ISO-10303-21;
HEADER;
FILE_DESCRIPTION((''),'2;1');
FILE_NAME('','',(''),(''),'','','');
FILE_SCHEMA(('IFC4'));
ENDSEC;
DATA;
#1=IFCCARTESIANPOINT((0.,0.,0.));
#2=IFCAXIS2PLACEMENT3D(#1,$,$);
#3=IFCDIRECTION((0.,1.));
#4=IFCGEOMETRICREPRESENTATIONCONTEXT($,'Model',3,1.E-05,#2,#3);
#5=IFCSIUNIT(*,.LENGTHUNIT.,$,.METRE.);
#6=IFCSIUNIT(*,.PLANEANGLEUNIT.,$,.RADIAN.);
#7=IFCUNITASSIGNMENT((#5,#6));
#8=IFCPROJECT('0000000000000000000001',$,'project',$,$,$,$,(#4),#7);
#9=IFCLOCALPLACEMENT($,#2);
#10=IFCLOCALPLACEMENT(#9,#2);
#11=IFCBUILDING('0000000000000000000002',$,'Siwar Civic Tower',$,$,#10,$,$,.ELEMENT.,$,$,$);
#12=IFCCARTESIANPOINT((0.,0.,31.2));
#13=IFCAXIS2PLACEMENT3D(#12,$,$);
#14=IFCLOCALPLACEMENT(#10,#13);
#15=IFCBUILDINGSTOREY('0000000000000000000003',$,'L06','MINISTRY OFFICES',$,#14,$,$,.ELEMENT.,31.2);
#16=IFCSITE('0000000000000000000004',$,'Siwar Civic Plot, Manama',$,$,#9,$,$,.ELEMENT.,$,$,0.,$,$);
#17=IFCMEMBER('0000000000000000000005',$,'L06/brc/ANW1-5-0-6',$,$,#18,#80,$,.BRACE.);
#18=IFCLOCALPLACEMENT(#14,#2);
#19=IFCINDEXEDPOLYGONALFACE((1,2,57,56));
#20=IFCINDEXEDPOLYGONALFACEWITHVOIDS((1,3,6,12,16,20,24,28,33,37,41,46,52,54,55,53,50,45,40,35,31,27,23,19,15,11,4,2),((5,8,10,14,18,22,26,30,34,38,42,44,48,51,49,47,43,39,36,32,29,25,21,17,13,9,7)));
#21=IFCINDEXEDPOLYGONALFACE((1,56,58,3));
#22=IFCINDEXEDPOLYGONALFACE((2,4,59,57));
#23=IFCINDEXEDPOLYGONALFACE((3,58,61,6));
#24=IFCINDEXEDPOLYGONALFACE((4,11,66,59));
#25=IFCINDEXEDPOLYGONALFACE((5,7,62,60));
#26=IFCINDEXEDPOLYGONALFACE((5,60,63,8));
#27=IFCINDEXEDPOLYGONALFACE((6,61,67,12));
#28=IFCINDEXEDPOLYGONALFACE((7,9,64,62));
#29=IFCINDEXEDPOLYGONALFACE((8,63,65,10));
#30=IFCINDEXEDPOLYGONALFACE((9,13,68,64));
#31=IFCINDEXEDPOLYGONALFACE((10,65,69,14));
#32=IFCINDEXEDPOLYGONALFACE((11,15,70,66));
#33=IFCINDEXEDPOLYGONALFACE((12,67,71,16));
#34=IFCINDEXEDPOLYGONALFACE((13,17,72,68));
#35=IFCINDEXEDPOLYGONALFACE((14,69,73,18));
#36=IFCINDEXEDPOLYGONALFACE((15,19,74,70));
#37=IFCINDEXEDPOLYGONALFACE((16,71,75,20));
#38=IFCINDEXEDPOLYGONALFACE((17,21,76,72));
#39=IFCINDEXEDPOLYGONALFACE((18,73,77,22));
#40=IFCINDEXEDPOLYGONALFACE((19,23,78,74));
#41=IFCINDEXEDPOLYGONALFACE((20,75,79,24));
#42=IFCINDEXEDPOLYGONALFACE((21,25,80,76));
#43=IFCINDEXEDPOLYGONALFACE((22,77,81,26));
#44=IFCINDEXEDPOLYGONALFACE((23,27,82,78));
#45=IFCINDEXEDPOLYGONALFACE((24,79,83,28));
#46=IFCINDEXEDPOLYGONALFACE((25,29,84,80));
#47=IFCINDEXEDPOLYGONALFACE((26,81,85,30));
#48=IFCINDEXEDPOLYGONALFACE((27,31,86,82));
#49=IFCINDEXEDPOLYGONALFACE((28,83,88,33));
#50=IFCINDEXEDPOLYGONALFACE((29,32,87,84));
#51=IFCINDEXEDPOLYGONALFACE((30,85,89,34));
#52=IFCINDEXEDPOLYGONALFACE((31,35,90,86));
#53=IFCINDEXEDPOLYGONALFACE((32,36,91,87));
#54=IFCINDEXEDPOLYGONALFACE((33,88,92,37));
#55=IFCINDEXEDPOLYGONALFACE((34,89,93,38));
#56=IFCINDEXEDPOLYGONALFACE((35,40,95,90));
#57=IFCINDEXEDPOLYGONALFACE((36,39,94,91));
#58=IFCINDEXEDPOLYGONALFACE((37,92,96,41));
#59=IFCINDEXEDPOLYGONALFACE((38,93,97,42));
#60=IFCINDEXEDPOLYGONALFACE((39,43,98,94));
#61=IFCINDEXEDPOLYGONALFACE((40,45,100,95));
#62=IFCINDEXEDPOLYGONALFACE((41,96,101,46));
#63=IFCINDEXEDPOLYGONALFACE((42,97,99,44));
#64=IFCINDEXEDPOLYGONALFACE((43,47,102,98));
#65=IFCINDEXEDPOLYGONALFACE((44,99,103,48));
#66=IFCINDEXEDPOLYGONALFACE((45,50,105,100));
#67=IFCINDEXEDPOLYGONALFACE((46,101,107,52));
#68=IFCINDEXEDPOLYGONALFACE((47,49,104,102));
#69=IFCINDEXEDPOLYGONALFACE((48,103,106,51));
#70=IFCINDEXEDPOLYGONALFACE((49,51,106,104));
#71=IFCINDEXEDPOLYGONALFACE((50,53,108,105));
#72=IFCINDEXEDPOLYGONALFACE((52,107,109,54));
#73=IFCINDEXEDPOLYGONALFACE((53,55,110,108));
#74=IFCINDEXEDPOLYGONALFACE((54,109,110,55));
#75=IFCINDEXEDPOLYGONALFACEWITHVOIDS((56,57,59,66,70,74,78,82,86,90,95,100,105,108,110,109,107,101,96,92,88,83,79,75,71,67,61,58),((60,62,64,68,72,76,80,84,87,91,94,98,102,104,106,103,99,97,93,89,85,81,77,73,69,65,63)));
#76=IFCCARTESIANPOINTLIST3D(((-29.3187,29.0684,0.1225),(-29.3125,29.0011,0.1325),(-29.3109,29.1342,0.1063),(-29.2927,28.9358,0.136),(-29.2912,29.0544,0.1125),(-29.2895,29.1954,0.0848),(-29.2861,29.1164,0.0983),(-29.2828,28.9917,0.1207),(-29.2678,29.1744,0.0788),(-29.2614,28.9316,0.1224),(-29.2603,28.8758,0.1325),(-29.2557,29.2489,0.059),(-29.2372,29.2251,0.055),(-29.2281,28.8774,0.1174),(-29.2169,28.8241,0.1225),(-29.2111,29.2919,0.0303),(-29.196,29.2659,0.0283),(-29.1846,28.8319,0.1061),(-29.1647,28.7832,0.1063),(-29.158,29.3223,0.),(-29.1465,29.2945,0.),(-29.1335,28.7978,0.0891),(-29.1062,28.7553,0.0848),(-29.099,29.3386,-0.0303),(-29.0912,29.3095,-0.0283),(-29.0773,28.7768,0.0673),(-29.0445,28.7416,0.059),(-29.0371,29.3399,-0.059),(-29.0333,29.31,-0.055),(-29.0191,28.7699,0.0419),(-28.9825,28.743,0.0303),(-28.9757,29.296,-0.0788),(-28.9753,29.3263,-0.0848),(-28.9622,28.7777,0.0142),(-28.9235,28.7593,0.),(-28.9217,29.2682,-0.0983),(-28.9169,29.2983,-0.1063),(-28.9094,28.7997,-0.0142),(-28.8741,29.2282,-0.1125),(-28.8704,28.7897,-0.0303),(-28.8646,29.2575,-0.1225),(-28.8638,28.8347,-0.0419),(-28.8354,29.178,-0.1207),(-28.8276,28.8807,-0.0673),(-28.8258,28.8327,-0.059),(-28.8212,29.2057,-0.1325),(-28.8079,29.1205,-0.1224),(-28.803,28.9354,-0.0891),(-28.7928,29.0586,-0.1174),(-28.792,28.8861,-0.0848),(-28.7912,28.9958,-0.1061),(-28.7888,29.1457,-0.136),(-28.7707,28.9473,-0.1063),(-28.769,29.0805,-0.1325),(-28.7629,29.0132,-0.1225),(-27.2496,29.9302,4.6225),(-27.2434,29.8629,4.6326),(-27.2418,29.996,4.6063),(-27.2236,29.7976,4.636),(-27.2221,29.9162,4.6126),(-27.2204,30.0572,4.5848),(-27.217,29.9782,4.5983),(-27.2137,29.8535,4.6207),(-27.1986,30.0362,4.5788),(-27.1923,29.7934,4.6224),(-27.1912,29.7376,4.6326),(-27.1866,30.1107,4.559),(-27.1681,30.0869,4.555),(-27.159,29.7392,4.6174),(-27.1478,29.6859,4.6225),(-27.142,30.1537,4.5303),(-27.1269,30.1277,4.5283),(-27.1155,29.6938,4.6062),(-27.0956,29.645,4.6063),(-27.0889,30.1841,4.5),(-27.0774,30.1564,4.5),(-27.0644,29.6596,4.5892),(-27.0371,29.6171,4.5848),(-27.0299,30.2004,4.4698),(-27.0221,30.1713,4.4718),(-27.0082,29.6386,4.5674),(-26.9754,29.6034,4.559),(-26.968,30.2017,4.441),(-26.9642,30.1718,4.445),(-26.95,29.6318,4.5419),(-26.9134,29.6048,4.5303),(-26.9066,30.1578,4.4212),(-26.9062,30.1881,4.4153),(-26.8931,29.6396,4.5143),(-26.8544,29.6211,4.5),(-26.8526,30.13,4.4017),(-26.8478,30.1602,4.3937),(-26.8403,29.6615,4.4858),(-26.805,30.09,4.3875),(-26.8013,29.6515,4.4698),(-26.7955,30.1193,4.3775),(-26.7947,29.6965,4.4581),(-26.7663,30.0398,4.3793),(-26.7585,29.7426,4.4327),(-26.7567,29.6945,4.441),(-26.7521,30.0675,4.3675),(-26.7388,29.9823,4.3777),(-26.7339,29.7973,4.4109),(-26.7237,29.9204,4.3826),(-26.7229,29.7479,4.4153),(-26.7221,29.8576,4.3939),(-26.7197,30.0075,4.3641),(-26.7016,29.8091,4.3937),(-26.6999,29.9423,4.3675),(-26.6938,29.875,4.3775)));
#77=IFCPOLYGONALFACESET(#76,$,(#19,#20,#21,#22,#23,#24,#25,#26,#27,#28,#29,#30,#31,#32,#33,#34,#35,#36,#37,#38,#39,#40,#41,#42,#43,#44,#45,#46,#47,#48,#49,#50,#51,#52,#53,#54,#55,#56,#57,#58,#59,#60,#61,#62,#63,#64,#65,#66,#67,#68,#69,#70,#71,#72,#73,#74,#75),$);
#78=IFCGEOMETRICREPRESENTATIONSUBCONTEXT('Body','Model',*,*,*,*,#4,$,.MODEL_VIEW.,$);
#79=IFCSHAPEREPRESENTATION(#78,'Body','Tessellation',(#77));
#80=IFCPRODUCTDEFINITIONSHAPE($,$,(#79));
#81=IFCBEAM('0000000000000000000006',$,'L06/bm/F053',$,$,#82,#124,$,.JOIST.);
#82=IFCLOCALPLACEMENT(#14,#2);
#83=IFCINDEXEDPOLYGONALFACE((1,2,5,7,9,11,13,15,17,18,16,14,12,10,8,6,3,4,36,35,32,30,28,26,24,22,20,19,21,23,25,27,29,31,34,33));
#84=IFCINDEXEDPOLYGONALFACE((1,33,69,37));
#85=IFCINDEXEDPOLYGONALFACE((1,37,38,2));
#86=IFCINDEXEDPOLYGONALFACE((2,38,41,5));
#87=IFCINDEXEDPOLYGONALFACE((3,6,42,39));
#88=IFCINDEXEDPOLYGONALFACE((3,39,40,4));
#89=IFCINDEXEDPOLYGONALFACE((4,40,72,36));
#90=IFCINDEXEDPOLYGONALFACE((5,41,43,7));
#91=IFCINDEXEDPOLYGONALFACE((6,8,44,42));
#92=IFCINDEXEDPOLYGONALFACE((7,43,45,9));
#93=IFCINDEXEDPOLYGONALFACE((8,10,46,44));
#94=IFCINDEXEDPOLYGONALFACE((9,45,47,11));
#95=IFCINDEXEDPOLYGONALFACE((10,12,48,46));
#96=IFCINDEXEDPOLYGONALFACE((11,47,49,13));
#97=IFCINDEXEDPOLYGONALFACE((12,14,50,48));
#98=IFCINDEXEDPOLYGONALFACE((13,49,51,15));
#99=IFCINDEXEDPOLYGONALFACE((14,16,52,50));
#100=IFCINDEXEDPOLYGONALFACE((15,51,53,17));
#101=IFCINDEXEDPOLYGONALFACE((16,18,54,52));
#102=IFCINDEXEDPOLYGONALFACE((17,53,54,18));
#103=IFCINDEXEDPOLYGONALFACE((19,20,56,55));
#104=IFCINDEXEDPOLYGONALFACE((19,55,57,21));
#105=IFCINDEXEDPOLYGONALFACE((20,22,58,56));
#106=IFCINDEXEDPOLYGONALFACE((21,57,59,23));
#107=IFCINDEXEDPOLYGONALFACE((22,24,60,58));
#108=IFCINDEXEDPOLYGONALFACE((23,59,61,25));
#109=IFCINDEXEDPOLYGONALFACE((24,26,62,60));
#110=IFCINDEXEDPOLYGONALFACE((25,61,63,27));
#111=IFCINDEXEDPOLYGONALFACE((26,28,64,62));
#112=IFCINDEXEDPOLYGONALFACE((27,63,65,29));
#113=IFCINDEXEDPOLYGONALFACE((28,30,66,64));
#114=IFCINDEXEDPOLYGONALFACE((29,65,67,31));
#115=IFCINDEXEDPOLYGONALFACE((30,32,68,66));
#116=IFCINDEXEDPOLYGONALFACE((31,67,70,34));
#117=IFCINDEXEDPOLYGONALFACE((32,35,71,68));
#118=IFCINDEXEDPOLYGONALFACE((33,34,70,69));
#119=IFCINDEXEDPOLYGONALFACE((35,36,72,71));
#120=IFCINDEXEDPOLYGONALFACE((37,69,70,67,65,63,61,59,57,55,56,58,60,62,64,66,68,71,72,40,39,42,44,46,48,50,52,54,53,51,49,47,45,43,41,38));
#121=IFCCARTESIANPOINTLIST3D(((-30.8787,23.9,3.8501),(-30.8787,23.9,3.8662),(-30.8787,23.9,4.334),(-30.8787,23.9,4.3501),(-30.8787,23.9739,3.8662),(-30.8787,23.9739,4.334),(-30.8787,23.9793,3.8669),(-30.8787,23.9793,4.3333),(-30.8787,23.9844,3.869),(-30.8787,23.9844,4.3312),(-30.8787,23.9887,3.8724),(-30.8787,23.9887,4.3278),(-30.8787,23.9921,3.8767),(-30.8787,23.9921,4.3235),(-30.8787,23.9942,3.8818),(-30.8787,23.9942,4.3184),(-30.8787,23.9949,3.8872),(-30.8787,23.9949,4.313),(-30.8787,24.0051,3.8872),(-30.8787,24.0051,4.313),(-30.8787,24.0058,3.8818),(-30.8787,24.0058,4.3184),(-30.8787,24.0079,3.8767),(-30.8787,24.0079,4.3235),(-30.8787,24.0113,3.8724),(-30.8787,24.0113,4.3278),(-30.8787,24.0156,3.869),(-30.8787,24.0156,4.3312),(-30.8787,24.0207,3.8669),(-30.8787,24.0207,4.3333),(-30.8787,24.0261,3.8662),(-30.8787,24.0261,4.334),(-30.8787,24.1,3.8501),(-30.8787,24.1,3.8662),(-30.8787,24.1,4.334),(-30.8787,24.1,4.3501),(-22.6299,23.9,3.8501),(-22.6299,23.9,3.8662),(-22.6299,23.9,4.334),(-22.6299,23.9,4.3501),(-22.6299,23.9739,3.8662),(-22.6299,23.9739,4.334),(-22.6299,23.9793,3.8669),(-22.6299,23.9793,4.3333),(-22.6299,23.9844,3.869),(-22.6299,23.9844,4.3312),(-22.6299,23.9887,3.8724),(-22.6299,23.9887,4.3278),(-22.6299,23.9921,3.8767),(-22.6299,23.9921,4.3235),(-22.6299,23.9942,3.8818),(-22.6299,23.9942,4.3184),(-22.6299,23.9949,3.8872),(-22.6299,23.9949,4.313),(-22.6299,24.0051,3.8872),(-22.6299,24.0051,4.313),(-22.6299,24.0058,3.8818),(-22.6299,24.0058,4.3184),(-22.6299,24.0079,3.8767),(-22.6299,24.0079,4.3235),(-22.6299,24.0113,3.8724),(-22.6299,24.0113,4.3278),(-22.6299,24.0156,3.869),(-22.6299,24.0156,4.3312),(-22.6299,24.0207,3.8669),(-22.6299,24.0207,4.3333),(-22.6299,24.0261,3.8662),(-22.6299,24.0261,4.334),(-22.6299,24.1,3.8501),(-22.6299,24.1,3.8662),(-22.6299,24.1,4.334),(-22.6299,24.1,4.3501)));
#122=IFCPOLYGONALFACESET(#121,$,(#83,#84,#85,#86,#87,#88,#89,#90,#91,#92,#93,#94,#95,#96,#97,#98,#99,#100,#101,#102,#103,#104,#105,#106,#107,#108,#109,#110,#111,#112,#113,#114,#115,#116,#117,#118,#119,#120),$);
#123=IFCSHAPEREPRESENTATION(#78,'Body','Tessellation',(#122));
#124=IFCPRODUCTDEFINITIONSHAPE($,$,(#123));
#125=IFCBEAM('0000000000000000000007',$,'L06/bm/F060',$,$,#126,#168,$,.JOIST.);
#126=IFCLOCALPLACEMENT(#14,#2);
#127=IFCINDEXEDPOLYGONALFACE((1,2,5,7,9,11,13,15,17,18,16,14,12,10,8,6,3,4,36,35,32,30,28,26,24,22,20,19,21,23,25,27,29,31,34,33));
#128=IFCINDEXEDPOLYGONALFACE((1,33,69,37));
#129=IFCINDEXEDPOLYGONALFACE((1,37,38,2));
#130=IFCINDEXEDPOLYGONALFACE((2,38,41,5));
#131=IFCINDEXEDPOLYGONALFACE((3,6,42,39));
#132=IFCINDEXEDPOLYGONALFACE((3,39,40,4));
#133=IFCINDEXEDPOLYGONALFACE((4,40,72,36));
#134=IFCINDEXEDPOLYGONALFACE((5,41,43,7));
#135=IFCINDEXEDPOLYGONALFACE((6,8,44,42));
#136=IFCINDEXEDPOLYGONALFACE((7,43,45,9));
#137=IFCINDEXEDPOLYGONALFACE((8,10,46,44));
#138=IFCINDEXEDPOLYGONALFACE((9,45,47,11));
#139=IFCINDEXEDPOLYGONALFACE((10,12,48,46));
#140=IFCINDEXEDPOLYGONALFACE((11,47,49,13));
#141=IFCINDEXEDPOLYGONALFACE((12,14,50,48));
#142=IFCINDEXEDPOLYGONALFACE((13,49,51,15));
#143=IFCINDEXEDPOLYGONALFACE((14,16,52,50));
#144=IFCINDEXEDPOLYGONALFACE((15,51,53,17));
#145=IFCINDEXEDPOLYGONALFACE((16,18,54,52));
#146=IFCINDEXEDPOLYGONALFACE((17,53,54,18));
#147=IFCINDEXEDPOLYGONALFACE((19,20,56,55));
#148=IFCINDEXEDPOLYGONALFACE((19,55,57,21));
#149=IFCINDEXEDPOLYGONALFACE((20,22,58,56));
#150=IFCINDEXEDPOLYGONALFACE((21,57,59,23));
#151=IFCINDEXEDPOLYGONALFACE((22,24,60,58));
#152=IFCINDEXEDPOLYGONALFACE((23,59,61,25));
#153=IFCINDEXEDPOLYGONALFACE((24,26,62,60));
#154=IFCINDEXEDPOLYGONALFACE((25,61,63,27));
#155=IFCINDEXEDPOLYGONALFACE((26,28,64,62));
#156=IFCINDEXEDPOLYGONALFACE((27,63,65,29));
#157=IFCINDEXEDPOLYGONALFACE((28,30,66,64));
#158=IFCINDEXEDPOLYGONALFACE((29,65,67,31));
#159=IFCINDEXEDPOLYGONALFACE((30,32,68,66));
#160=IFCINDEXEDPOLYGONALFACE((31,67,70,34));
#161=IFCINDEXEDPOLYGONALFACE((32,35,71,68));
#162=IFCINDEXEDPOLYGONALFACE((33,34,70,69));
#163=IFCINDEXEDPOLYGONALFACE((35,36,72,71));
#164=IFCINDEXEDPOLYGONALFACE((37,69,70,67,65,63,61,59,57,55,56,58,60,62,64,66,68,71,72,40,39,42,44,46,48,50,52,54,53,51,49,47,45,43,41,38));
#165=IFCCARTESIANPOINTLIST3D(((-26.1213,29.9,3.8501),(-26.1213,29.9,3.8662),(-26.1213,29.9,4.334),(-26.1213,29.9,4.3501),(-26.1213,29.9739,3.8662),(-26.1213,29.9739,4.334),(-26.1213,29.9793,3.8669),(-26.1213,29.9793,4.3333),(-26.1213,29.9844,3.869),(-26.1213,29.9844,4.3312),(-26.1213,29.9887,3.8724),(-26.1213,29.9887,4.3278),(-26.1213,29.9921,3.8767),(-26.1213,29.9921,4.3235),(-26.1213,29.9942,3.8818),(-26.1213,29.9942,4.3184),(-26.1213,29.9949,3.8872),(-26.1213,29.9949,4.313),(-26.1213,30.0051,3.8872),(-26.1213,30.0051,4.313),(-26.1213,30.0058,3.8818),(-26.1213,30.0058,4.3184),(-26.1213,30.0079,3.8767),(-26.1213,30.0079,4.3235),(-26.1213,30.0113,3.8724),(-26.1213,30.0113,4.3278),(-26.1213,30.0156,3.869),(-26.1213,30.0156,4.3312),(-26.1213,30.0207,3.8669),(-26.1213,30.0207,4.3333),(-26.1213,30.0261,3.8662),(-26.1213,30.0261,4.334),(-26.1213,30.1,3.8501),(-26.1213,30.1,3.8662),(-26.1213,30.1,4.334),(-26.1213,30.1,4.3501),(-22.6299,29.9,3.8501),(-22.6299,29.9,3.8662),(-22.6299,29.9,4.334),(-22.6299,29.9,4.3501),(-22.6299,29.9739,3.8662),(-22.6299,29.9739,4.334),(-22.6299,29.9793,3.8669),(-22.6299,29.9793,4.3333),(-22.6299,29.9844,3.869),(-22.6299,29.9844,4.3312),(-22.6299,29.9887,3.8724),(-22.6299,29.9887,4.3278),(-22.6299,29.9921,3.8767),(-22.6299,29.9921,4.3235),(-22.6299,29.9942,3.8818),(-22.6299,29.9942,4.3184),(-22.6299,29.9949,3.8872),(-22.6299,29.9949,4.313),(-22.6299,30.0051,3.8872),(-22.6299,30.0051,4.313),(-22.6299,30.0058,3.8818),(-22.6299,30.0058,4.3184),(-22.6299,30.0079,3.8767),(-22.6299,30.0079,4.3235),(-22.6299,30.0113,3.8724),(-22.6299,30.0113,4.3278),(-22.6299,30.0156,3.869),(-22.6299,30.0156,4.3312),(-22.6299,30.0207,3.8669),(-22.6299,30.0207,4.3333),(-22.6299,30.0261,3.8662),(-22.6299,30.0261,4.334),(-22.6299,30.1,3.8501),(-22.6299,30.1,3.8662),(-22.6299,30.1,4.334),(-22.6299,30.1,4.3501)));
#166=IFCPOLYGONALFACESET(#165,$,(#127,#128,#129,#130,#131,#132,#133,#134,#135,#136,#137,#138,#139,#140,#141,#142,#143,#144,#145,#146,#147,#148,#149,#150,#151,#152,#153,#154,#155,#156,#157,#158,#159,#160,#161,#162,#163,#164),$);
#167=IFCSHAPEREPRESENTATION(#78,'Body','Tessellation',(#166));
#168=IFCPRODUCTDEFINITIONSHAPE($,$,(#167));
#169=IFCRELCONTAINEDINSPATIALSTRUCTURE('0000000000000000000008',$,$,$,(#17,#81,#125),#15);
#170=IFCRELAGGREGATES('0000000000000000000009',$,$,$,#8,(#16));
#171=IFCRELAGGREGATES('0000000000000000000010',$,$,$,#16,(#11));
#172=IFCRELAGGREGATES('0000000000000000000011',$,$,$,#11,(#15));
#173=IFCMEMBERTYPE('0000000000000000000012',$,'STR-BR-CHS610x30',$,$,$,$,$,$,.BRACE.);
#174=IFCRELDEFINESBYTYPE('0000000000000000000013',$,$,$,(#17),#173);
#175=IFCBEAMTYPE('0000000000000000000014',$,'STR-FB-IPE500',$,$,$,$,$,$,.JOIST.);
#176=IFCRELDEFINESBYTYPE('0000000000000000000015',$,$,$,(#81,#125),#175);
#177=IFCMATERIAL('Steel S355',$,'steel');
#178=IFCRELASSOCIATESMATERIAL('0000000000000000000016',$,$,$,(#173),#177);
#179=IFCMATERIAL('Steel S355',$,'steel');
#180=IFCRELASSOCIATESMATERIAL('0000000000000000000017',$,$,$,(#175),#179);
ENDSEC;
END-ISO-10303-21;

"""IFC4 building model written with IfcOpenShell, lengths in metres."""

from ifc_helpers import new_model, si_unit, direction, frame, origin, origin_2d, place, context, subcontext, project, spatial, hollow_circle, i_section, extrude, material, material_profile, profile_set, type_object, element, save


model = new_model("IFC4")

# Units and contexts
model_context = context("Model", 3, precision=1e-05, world=origin(), true_north=direction((0.0, 1.0)))
body_context = subcontext(model_context, "Body", "Model", "MODEL_VIEW")
ifc_project = project(units=[si_unit("LENGTHUNIT", "METRE"), si_unit("PLANEANGLEUNIT", "RADIAN")], contexts=[model_context])

# Site, building, storey
site_placement = place(None, origin())
site = spatial("IfcSite", under=ifc_project, at=site_placement, Name="Siwar Civic Plot, Manama", CompositionType="ELEMENT", RefElevation=0.0)
building_placement = place(site_placement, origin())
building = spatial("IfcBuilding", under=site, at=building_placement, Name="Siwar Civic Tower", CompositionType="ELEMENT")
storey_placement = place(building_placement, frame((0.0, 0.0, 31.2)))
storey = spatial("IfcBuildingStorey", under=building, at=storey_placement, Name="L06", Description="MINISTRY OFFICES", CompositionType="ELEMENT", Elevation=31.2)

# Member
ifc_material_1 = material(Name="Steel S355", Category="steel")
ifc_material_profile_1 = material_profile(ifc_material_1, hollow_circle(Radius=0.3049, WallThickness=0.03, at=origin_2d()), Name="CHS610x30")
ifc_profile_set_1 = profile_set([ifc_material_profile_1], Name="Steel S355")
member_type_1 = type_object("IfcMemberType", Name="STR-BR-CHS610x30", PredefinedType="BRACE", material=ifc_profile_set_1)
member_1_placement = place(storey_placement, frame((-29.0408, 29.0408, 0.0), z_axis=(0.41157, 0.171427, 0.895111), x_axis=(-0.384499, 0.923125, 0.0)))
element("IfcMember", 1, at=member_1_placement, inside=storey, type_object=member_type_1, Name="L06/brc/ANW1-5-0-6", PredefinedType="BRACE", context=body_context, shape_type="SweptSolid", body=[
    extrude(hollow_circle(Radius=0.3049, WallThickness=0.03, at=origin_2d()), origin(), (0.0, 0.0, 1.0), 5.0273),
])

# Beams
ifc_material_2 = material(Name="Steel S355", Category="steel")
ifc_material_profile_2 = material_profile(ifc_material_2, i_section(OverallWidth=0.2, OverallDepth=0.5, WebThickness=0.0103, FlangeThickness=0.0161, FilletRadius=0.021, at=origin_2d()), Name="IPE500")
ifc_profile_set_2 = profile_set([ifc_material_profile_2], Name="Steel S355")
beam_type_1 = type_object("IfcBeamType", Name="STR-FB-IPE500", PredefinedType="JOIST", material=ifc_profile_set_2)
beam_1_placement = place(storey_placement, frame((-30.8787, 24.0, 4.1001), z_axis=(1.0, 0.0, 0.0), x_axis=(0.0, 1.0, 0.0)))
element("IfcBeam", 2, at=beam_1_placement, inside=storey, type_object=beam_type_1, Name="L06/bm/F053", PredefinedType="JOIST", context=body_context, shape_type="SweptSolid", body=[
    extrude(i_section(OverallWidth=0.2, OverallDepth=0.5, WebThickness=0.0103, FlangeThickness=0.0161, FilletRadius=0.021, at=origin_2d()), origin(), (0.0, 0.0, 1.0), 8.2488),
])
beam_2_placement = place(storey_placement, frame((-26.1213, 30.0, 4.1001), z_axis=(1.0, 0.0, 0.0), x_axis=(0.0, 1.0, 0.0)))
element("IfcBeam", 3, at=beam_2_placement, inside=storey, type_object=beam_type_1, Name="L06/bm/F060", PredefinedType="JOIST", context=body_context, shape_type="SweptSolid", body=[
    extrude(i_section(OverallWidth=0.2, OverallDepth=0.5, WebThickness=0.0103, FlangeThickness=0.0161, FilletRadius=0.021, at=origin_2d()), origin(), (0.0, 0.0, 1.0), 3.4915),
])

save(model, "model.ifc")
